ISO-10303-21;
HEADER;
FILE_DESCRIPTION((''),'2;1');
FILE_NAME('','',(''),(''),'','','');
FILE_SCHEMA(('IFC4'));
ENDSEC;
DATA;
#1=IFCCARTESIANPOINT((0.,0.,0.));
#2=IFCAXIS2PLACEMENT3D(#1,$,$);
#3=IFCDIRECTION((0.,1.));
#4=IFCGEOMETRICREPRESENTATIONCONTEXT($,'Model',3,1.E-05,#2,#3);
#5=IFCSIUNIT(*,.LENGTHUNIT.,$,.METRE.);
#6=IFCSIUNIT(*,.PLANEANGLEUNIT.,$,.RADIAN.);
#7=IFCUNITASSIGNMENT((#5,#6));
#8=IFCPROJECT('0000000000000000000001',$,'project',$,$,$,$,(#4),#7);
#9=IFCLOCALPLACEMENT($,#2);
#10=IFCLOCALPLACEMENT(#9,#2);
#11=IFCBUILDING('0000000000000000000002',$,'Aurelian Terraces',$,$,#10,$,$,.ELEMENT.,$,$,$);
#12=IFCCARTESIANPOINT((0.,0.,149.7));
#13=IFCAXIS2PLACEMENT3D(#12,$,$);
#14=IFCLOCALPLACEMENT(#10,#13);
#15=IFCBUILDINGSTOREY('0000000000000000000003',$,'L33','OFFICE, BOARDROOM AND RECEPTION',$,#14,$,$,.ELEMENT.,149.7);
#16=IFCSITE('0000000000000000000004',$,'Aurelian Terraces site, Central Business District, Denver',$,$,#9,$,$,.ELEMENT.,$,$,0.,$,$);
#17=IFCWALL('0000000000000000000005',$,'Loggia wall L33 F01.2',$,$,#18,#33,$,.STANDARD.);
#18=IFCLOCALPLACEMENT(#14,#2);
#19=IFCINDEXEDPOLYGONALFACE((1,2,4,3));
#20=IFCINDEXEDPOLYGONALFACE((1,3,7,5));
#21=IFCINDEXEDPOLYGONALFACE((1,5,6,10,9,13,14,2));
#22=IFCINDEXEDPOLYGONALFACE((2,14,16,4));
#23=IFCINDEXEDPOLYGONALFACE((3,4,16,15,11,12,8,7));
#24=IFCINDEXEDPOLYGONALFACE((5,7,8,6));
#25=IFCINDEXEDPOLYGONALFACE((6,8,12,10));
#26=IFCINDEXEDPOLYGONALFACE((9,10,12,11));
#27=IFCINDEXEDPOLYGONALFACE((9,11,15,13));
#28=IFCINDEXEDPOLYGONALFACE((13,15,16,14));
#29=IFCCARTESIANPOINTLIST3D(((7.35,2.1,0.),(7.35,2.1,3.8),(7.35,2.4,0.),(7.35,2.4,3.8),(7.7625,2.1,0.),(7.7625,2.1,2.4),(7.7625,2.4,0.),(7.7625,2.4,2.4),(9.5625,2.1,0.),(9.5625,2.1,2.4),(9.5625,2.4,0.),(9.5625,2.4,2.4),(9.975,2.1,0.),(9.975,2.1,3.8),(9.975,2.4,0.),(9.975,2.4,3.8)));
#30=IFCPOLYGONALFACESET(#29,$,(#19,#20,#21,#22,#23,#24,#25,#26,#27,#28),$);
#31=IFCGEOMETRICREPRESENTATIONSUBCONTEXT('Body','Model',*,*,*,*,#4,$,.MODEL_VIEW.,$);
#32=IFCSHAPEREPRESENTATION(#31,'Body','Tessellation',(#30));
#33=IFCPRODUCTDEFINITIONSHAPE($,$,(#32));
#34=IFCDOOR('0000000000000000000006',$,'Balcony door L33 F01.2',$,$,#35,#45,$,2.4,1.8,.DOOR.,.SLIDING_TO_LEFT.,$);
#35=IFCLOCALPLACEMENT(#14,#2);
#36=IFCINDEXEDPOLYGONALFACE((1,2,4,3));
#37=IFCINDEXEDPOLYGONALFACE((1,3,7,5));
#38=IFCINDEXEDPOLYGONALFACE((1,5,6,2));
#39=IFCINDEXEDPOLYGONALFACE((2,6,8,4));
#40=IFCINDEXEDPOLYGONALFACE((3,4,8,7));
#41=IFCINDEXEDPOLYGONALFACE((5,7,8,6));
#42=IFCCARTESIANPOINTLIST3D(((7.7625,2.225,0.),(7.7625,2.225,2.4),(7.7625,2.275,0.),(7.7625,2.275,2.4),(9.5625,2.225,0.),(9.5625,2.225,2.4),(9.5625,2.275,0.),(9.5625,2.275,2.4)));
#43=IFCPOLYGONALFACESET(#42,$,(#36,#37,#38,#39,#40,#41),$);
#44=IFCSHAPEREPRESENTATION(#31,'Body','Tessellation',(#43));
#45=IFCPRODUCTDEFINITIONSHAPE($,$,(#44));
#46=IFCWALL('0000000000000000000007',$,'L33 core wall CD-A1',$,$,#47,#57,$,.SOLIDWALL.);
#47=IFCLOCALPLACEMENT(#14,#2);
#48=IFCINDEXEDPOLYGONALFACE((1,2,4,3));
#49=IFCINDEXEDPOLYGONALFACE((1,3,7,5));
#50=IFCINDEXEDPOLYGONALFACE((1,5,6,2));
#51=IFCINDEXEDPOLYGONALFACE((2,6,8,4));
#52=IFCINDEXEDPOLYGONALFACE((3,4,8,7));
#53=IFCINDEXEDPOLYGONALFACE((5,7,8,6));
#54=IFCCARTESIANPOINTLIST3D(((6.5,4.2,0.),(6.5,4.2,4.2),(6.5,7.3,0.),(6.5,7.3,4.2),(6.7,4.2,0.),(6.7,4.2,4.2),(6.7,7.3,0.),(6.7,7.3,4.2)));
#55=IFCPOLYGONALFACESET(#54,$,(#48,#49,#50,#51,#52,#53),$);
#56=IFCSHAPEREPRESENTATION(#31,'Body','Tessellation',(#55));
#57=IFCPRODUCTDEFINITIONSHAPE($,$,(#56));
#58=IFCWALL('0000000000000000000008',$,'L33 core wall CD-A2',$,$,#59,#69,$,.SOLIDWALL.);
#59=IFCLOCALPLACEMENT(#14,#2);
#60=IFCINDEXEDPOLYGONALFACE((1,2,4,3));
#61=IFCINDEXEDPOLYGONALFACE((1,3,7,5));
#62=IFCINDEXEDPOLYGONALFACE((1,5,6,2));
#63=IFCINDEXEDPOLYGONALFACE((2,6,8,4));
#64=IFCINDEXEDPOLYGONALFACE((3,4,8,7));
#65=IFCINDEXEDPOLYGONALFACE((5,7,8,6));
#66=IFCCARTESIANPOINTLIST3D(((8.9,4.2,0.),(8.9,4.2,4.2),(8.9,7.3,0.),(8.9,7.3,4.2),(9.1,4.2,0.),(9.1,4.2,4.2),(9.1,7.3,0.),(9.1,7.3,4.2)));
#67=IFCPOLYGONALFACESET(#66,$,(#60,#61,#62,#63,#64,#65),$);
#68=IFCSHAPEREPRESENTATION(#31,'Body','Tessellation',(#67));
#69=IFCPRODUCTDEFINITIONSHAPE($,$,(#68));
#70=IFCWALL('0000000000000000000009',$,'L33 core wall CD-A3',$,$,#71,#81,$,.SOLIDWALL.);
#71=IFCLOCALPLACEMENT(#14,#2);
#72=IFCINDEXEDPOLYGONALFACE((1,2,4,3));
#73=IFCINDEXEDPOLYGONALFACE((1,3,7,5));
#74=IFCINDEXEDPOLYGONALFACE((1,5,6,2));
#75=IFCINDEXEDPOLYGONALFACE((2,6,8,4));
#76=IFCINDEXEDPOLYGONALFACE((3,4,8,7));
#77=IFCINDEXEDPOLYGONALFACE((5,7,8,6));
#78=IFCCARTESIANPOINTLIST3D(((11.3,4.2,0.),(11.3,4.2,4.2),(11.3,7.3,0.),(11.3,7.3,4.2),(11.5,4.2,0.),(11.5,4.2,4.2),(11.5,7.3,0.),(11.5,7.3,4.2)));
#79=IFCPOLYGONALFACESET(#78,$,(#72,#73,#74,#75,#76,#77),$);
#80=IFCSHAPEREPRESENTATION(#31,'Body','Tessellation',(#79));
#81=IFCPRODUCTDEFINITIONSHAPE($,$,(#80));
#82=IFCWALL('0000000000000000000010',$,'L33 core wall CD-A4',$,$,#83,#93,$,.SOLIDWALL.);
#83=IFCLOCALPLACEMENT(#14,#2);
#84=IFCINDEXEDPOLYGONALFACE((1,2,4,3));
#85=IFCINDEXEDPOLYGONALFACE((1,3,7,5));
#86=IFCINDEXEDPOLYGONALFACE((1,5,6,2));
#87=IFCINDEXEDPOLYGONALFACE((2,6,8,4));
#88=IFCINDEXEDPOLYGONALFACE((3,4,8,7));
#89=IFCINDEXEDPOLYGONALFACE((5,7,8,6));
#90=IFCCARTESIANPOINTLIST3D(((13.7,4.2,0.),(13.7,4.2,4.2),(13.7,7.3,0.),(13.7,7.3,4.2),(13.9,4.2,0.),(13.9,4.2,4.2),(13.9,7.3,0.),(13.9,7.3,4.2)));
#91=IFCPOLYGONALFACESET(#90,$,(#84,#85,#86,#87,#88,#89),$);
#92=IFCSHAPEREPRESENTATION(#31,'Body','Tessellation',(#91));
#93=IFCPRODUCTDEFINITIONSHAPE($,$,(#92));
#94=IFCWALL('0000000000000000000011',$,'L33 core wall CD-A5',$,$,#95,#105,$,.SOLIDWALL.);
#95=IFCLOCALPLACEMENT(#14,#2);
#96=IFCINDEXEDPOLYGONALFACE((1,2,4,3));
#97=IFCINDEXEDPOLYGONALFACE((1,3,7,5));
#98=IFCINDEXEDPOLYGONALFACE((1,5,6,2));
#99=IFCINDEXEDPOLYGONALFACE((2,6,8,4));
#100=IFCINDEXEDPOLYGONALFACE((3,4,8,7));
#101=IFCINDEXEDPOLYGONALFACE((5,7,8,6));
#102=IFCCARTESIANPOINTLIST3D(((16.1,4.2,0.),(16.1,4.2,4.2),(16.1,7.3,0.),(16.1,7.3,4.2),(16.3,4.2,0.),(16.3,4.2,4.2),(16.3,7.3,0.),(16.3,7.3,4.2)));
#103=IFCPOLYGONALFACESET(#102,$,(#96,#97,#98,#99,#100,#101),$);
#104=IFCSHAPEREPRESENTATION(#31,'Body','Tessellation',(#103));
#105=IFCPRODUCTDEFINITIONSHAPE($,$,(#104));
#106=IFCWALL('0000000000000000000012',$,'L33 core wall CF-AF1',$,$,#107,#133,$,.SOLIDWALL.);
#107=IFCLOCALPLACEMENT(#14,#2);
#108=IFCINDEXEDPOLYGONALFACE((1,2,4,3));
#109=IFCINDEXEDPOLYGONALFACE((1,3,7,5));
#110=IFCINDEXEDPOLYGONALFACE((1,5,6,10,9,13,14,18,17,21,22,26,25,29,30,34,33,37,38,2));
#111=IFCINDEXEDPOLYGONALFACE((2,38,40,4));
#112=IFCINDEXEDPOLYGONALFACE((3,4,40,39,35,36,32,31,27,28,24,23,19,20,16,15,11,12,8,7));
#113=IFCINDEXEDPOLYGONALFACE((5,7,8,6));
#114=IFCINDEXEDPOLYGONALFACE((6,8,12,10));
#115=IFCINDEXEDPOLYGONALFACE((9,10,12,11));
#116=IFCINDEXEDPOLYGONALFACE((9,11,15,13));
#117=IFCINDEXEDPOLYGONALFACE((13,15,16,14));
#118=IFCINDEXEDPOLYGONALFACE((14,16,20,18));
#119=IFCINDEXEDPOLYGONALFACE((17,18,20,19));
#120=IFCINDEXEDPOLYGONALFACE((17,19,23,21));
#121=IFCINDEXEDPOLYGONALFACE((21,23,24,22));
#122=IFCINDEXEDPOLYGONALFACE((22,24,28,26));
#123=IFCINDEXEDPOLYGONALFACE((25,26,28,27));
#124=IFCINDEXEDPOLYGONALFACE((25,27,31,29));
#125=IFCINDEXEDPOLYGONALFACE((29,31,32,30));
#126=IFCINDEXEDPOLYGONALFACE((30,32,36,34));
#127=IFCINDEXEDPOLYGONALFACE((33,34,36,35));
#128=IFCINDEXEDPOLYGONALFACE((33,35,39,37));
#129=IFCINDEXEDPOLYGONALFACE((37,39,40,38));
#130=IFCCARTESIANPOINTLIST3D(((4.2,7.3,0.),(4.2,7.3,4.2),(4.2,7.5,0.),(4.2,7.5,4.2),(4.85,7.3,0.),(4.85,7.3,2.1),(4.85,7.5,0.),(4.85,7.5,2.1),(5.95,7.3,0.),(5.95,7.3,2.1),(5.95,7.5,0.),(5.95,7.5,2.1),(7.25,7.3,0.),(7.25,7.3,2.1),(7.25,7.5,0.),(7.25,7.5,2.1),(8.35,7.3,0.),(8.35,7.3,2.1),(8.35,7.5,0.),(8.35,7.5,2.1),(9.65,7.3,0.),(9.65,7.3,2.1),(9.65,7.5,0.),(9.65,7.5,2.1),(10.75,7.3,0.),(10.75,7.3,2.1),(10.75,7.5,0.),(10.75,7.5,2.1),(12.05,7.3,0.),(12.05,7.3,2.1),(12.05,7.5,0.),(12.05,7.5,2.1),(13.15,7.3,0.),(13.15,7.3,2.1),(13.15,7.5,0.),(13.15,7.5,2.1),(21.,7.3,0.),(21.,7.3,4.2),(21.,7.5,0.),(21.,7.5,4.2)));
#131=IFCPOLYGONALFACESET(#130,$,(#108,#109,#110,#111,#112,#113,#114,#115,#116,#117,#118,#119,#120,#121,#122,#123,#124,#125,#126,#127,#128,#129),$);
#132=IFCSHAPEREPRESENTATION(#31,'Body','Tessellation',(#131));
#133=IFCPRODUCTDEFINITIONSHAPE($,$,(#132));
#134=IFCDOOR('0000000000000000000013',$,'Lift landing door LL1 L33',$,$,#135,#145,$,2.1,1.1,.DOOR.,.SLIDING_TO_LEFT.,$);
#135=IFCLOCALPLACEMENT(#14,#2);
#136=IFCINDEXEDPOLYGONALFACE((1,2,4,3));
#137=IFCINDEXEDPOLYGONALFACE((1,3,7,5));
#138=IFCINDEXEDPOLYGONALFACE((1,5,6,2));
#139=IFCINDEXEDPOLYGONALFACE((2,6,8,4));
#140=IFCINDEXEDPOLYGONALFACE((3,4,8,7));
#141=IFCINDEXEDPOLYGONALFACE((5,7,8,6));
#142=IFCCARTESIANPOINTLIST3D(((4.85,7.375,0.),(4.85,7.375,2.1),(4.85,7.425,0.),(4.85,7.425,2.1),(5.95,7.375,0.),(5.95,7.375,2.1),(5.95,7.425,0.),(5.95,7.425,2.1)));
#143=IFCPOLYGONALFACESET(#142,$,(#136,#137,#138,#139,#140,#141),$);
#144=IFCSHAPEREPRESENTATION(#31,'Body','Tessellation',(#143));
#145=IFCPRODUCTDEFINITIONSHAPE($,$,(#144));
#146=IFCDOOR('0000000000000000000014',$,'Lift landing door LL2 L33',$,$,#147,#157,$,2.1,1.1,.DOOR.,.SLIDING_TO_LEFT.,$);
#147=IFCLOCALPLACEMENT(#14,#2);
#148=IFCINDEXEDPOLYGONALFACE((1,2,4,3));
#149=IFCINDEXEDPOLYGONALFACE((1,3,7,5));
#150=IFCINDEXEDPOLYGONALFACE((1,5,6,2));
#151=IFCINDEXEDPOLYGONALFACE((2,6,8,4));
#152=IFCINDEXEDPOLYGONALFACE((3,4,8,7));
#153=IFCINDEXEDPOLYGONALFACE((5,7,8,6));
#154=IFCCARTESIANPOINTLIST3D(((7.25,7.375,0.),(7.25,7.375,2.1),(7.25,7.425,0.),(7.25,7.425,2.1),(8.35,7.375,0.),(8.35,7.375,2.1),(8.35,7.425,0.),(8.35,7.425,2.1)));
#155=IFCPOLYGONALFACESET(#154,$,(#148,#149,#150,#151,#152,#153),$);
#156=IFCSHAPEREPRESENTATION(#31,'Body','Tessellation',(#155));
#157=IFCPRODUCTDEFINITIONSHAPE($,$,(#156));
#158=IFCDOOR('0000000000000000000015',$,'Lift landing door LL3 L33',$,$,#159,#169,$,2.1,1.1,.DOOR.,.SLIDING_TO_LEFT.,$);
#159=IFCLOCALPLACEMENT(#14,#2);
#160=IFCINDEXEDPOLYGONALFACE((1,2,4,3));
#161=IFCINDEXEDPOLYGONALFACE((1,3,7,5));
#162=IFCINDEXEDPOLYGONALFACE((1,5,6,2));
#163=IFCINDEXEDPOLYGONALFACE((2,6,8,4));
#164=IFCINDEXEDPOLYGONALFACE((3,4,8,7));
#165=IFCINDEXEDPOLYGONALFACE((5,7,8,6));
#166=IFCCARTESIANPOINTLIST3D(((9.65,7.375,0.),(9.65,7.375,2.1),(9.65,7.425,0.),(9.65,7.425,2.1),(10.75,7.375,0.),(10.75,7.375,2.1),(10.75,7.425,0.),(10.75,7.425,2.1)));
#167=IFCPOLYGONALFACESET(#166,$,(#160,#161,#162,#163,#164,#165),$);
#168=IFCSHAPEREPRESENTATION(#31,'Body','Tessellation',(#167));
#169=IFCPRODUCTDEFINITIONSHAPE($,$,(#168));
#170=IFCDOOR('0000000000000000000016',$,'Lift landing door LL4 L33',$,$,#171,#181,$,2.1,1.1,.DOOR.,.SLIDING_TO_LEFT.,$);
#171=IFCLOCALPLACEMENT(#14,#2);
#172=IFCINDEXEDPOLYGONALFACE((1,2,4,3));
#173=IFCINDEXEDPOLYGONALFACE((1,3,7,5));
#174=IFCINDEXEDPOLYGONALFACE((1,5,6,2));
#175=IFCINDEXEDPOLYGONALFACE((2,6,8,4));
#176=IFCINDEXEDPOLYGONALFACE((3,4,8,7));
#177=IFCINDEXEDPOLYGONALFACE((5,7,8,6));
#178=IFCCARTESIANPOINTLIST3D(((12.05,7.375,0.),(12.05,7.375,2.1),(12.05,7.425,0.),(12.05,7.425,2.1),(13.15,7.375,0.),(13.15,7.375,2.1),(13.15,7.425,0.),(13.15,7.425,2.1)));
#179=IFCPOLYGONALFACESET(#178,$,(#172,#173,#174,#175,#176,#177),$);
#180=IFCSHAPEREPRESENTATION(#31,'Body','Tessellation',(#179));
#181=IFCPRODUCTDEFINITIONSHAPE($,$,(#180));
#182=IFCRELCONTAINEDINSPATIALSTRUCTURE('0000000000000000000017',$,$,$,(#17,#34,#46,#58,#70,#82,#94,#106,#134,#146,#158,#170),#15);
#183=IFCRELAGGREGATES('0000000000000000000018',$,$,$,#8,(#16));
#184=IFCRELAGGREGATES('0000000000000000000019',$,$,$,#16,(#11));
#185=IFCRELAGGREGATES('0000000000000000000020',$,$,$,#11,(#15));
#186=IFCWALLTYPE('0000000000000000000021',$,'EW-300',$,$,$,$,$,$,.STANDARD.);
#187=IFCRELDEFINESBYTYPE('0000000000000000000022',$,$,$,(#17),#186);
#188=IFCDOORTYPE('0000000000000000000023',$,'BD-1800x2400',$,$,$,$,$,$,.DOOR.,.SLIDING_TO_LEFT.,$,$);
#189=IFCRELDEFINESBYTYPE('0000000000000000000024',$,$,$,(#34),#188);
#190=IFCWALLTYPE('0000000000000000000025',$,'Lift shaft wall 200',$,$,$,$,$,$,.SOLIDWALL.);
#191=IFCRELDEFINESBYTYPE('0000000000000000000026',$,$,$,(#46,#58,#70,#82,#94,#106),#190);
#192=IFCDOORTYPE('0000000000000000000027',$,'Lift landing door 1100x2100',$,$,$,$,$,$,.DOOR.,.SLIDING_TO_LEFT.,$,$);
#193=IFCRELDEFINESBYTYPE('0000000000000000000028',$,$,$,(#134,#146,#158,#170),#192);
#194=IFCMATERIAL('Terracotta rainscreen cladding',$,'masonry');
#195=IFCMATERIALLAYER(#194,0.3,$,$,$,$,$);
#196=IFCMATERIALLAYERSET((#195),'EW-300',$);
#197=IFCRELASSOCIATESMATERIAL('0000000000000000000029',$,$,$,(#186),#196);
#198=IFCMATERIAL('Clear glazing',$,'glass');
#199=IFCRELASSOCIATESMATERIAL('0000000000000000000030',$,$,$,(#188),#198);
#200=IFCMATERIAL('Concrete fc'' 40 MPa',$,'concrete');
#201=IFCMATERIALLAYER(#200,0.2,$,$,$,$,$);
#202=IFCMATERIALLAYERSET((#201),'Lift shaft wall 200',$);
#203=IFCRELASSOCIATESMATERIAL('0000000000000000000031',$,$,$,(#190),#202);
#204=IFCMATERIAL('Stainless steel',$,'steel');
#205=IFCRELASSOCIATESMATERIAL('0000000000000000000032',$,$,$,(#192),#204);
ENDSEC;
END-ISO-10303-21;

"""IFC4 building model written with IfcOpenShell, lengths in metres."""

from ifc_helpers import new_model, si_unit, direction, frame, frame_2d, origin, place, context, subcontext, project, spatial, rectangle, extrude, source, transform, mapped, material, layer, layer_set, type_object, element, fill, save


model = new_model("IFC4")

# Units and contexts
model_context = context("Model", 3, precision=1e-05, world=origin(), true_north=direction((0.0, 1.0)))
body_context = subcontext(model_context, "Body", "Model", "MODEL_VIEW")
ifc_project = project(units=[si_unit("LENGTHUNIT", "METRE"), si_unit("PLANEANGLEUNIT", "RADIAN")], contexts=[model_context])

# Site, building, storey
site_placement = place(None, origin())
site = spatial("IfcSite", under=ifc_project, at=site_placement, Name="Aurelian Terraces site, Central Business District, Denver", CompositionType="ELEMENT", RefElevation=0.0)
building_placement = place(site_placement, origin())
building = spatial("IfcBuilding", under=site, at=building_placement, Name="Aurelian Terraces", CompositionType="ELEMENT")
storey_placement = place(building_placement, frame((0.0, 0.0, 149.7)))
storey = spatial("IfcBuildingStorey", under=building, at=storey_placement, Name="L33", Description="OFFICE, BOARDROOM AND RECEPTION", CompositionType="ELEMENT", Elevation=149.7)

# Shared definitions
ifc_material_1 = material(Name="Terracotta rainscreen cladding", Category="masonry")

# Shared definitions
ifc_layer_1 = layer(ifc_material_1, 0.3)
ifc_layer_set_1 = layer_set([ifc_layer_1], Name="EW-300")
wall_type_1 = type_object("IfcWallType", Name="EW-300", PredefinedType="STANDARD", material=ifc_layer_set_1)
ifc_material_2 = material(Name="Clear glazing", Category="glass")

# Wall, opening, door
shared_shape_1 = source(origin(), body_context, "Body", "SweptSolid", [
    extrude(rectangle(XDim=2.625, YDim=0.3, at=frame_2d((1.3125, 0.0))), origin(), (0.0, 0.0, 1.0), 3.8),
])
wall_1_placement = place(storey_placement, frame((7.35, 2.25, 0.0), z_axis=(0.0, 0.0, 1.0), x_axis=(1.0, 0.0, 0.0)))
wall_1 = element("IfcWall", 1, at=wall_1_placement, inside=storey, type_object=wall_type_1, Name="Loggia wall L33 F01.2", PredefinedType="STANDARD", context=body_context, shape_type="MappedRepresentation", body=[
    mapped(shared_shape_1, transform((0.0, 0.0, 0.0), scale=1.0)),
])
shared_shape_2 = source(origin(), body_context, "Body", "SweptSolid", [
    extrude(rectangle(XDim=1.8, YDim=2.4, at=frame_2d((0.9, 1.2))), frame((0.0, 0.16, 0.0), z_axis=(0.0, -1.0, 0.0), x_axis=(1.0, 0.0, 0.0)), (0.0, 0.0, 1.0), 0.32),
])
opening_1_placement = place(wall_1_placement, frame((0.4125, 0.0, 0.0)))
opening_1 = element("IfcOpeningElement", 2, at=opening_1_placement, cuts=wall_1, PredefinedType="OPENING", context=body_context, shape_type="MappedRepresentation", body=[
    mapped(shared_shape_2, transform((0.0, 0.0, 0.0), scale=1.0)),
])
door_type_1 = type_object("IfcDoorType", Name="BD-1800x2400", OperationType="SLIDING_TO_LEFT", PredefinedType="DOOR", material=ifc_material_2)
shared_shape_3 = source(origin(), body_context, "Body", "SweptSolid", [
    extrude(rectangle(XDim=1.8, YDim=2.4, at=frame_2d((0.9, 1.2))), frame((0.0, 0.025, 0.0), z_axis=(0.0, -1.0, 0.0), x_axis=(1.0, 0.0, 0.0)), (0.0, 0.0, 1.0), 0.05),
])
door_1_placement = place(opening_1_placement, origin())
door_1 = element("IfcDoor", 3, at=door_1_placement, inside=storey, type_object=door_type_1, Name="Balcony door L33 F01.2", OperationType="SLIDING_TO_LEFT", OverallHeight=2.4, OverallWidth=1.8, PredefinedType="DOOR", context=body_context, shape_type="MappedRepresentation", body=[
    mapped(shared_shape_3, transform((0.0, 0.0, 0.0), scale=1.0)),
])
fill(opening_1, door_1)

# Walls
ifc_material_3 = material(Name="Concrete fc' 40 MPa", Category="concrete")
ifc_layer_2 = layer(ifc_material_3, 0.2)
ifc_layer_set_2 = layer_set([ifc_layer_2], Name="Lift shaft wall 200")
wall_type_2 = type_object("IfcWallType", Name="Lift shaft wall 200", PredefinedType="SOLIDWALL", material=ifc_layer_set_2)
shared_shape_4 = source(origin(), body_context, "Body", "SweptSolid", [
    extrude(rectangle(XDim=3.1, YDim=0.2, at=frame_2d((1.55, 0.0))), origin(), (0.0, 0.0, 1.0), 4.2),
])
for number, where, z_axis, x_axis, name in (
    (4, (6.6, 4.2, 0.0), (0.0, 0.0, 1.0), (0.0, 1.0, 0.0), "L33 core wall CD-A1"),
    (5, (9.0, 4.2, 0.0), (0.0, 0.0, 1.0), (0.0, 1.0, 0.0), "L33 core wall CD-A2"),
    (6, (11.4, 4.2, 0.0), (0.0, 0.0, 1.0), (0.0, 1.0, 0.0), "L33 core wall CD-A3"),
    (7, (13.8, 4.2, 0.0), (0.0, 0.0, 1.0), (0.0, 1.0, 0.0), "L33 core wall CD-A4"),
    (8, (16.2, 4.2, 0.0), (0.0, 0.0, 1.0), (0.0, 1.0, 0.0), "L33 core wall CD-A5"),
):
    element("IfcWall", number, at=place(storey_placement, frame(where, z_axis=z_axis, x_axis=x_axis)), inside=storey, type_object=wall_type_2, Name=name, PredefinedType="SOLIDWALL", context=body_context, shape_type="MappedRepresentation", body=[
        mapped(shared_shape_4, transform((0.0, 0.0, 0.0), scale=1.0)),
    ])

# Wall, openings, doors
shared_shape_5 = source(origin(), body_context, "Body", "SweptSolid", [
    extrude(rectangle(XDim=16.8, YDim=0.2, at=frame_2d((8.4, 0.0))), origin(), (0.0, 0.0, 1.0), 4.2),
])
wall_2_placement = place(storey_placement, frame((4.2, 7.4, 0.0), z_axis=(0.0, 0.0, 1.0), x_axis=(1.0, 0.0, 0.0)))
wall_2 = element("IfcWall", 9, at=wall_2_placement, inside=storey, type_object=wall_type_2, Name="L33 core wall CF-AF1", PredefinedType="SOLIDWALL", context=body_context, shape_type="MappedRepresentation", body=[
    mapped(shared_shape_5, transform((0.0, 0.0, 0.0), scale=1.0)),
])
shared_shape_6 = source(origin(), body_context, "Body", "SweptSolid", [
    extrude(rectangle(XDim=1.1, YDim=2.1, at=frame_2d((0.55, 1.05))), frame((0.0, 0.11, 0.0), z_axis=(0.0, -1.0, 0.0), x_axis=(1.0, 0.0, 0.0)), (0.0, 0.0, 1.0), 0.22),
])
opening_2_placement = place(wall_2_placement, frame((0.65, 0.0, 0.0)))
opening_2 = element("IfcOpeningElement", 10, at=opening_2_placement, cuts=wall_2, PredefinedType="OPENING", context=body_context, shape_type="MappedRepresentation", body=[
    mapped(shared_shape_6, transform((0.0, 0.0, 0.0), scale=1.0)),
])
opening_3_placement = place(wall_2_placement, frame((3.05, 0.0, 0.0)))
opening_3 = element("IfcOpeningElement", 11, at=opening_3_placement, cuts=wall_2, PredefinedType="OPENING", context=body_context, shape_type="MappedRepresentation", body=[
    mapped(shared_shape_6, transform((0.0, 0.0, 0.0), scale=1.0)),
])
opening_4_placement = place(wall_2_placement, frame((5.45, 0.0, 0.0)))
opening_4 = element("IfcOpeningElement", 12, at=opening_4_placement, cuts=wall_2, PredefinedType="OPENING", context=body_context, shape_type="MappedRepresentation", body=[
    mapped(shared_shape_6, transform((0.0, 0.0, 0.0), scale=1.0)),
])
opening_5_placement = place(wall_2_placement, frame((7.85, 0.0, 0.0)))
opening_5 = element("IfcOpeningElement", 13, at=opening_5_placement, cuts=wall_2, PredefinedType="OPENING", context=body_context, shape_type="MappedRepresentation", body=[
    mapped(shared_shape_6, transform((0.0, 0.0, 0.0), scale=1.0)),
])
ifc_material_4 = material(Name="Stainless steel", Category="steel")
door_type_2 = type_object("IfcDoorType", Name="Lift landing door 1100x2100", OperationType="SLIDING_TO_LEFT", PredefinedType="DOOR", material=ifc_material_4)
shared_shape_7 = source(origin(), body_context, "Body", "SweptSolid", [
    extrude(rectangle(XDim=1.1, YDim=2.1, at=frame_2d((0.55, 1.05))), frame((0.0, 0.025, 0.0), z_axis=(0.0, -1.0, 0.0), x_axis=(1.0, 0.0, 0.0)), (0.0, 0.0, 1.0), 0.05),
])
door_2_placement = place(opening_2_placement, origin())
door_2 = element("IfcDoor", 14, at=door_2_placement, inside=storey, type_object=door_type_2, Name="Lift landing door LL1 L33", OperationType="SLIDING_TO_LEFT", OverallHeight=2.1, OverallWidth=1.1, PredefinedType="DOOR", context=body_context, shape_type="MappedRepresentation", body=[
    mapped(shared_shape_7, transform((0.0, 0.0, 0.0), scale=1.0)),
])
fill(opening_2, door_2)
door_3_placement = place(opening_3_placement, origin())
door_3 = element("IfcDoor", 15, at=door_3_placement, inside=storey, type_object=door_type_2, Name="Lift landing door LL2 L33", OperationType="SLIDING_TO_LEFT", OverallHeight=2.1, OverallWidth=1.1, PredefinedType="DOOR", context=body_context, shape_type="MappedRepresentation", body=[
    mapped(shared_shape_7, transform((0.0, 0.0, 0.0), scale=1.0)),
])
fill(opening_3, door_3)
door_4_placement = place(opening_4_placement, origin())
door_4 = element("IfcDoor", 16, at=door_4_placement, inside=storey, type_object=door_type_2, Name="Lift landing door LL3 L33", OperationType="SLIDING_TO_LEFT", OverallHeight=2.1, OverallWidth=1.1, PredefinedType="DOOR", context=body_context, shape_type="MappedRepresentation", body=[
    mapped(shared_shape_7, transform((0.0, 0.0, 0.0), scale=1.0)),
])
fill(opening_4, door_4)
door_5_placement = place(opening_5_placement, origin())
door_5 = element("IfcDoor", 17, at=door_5_placement, inside=storey, type_object=door_type_2, Name="Lift landing door LL4 L33", OperationType="SLIDING_TO_LEFT", OverallHeight=2.1, OverallWidth=1.1, PredefinedType="DOOR", context=body_context, shape_type="MappedRepresentation", body=[
    mapped(shared_shape_7, transform((0.0, 0.0, 0.0), scale=1.0)),
])
fill(opening_5, door_5)

save(model, "model.ifc")
